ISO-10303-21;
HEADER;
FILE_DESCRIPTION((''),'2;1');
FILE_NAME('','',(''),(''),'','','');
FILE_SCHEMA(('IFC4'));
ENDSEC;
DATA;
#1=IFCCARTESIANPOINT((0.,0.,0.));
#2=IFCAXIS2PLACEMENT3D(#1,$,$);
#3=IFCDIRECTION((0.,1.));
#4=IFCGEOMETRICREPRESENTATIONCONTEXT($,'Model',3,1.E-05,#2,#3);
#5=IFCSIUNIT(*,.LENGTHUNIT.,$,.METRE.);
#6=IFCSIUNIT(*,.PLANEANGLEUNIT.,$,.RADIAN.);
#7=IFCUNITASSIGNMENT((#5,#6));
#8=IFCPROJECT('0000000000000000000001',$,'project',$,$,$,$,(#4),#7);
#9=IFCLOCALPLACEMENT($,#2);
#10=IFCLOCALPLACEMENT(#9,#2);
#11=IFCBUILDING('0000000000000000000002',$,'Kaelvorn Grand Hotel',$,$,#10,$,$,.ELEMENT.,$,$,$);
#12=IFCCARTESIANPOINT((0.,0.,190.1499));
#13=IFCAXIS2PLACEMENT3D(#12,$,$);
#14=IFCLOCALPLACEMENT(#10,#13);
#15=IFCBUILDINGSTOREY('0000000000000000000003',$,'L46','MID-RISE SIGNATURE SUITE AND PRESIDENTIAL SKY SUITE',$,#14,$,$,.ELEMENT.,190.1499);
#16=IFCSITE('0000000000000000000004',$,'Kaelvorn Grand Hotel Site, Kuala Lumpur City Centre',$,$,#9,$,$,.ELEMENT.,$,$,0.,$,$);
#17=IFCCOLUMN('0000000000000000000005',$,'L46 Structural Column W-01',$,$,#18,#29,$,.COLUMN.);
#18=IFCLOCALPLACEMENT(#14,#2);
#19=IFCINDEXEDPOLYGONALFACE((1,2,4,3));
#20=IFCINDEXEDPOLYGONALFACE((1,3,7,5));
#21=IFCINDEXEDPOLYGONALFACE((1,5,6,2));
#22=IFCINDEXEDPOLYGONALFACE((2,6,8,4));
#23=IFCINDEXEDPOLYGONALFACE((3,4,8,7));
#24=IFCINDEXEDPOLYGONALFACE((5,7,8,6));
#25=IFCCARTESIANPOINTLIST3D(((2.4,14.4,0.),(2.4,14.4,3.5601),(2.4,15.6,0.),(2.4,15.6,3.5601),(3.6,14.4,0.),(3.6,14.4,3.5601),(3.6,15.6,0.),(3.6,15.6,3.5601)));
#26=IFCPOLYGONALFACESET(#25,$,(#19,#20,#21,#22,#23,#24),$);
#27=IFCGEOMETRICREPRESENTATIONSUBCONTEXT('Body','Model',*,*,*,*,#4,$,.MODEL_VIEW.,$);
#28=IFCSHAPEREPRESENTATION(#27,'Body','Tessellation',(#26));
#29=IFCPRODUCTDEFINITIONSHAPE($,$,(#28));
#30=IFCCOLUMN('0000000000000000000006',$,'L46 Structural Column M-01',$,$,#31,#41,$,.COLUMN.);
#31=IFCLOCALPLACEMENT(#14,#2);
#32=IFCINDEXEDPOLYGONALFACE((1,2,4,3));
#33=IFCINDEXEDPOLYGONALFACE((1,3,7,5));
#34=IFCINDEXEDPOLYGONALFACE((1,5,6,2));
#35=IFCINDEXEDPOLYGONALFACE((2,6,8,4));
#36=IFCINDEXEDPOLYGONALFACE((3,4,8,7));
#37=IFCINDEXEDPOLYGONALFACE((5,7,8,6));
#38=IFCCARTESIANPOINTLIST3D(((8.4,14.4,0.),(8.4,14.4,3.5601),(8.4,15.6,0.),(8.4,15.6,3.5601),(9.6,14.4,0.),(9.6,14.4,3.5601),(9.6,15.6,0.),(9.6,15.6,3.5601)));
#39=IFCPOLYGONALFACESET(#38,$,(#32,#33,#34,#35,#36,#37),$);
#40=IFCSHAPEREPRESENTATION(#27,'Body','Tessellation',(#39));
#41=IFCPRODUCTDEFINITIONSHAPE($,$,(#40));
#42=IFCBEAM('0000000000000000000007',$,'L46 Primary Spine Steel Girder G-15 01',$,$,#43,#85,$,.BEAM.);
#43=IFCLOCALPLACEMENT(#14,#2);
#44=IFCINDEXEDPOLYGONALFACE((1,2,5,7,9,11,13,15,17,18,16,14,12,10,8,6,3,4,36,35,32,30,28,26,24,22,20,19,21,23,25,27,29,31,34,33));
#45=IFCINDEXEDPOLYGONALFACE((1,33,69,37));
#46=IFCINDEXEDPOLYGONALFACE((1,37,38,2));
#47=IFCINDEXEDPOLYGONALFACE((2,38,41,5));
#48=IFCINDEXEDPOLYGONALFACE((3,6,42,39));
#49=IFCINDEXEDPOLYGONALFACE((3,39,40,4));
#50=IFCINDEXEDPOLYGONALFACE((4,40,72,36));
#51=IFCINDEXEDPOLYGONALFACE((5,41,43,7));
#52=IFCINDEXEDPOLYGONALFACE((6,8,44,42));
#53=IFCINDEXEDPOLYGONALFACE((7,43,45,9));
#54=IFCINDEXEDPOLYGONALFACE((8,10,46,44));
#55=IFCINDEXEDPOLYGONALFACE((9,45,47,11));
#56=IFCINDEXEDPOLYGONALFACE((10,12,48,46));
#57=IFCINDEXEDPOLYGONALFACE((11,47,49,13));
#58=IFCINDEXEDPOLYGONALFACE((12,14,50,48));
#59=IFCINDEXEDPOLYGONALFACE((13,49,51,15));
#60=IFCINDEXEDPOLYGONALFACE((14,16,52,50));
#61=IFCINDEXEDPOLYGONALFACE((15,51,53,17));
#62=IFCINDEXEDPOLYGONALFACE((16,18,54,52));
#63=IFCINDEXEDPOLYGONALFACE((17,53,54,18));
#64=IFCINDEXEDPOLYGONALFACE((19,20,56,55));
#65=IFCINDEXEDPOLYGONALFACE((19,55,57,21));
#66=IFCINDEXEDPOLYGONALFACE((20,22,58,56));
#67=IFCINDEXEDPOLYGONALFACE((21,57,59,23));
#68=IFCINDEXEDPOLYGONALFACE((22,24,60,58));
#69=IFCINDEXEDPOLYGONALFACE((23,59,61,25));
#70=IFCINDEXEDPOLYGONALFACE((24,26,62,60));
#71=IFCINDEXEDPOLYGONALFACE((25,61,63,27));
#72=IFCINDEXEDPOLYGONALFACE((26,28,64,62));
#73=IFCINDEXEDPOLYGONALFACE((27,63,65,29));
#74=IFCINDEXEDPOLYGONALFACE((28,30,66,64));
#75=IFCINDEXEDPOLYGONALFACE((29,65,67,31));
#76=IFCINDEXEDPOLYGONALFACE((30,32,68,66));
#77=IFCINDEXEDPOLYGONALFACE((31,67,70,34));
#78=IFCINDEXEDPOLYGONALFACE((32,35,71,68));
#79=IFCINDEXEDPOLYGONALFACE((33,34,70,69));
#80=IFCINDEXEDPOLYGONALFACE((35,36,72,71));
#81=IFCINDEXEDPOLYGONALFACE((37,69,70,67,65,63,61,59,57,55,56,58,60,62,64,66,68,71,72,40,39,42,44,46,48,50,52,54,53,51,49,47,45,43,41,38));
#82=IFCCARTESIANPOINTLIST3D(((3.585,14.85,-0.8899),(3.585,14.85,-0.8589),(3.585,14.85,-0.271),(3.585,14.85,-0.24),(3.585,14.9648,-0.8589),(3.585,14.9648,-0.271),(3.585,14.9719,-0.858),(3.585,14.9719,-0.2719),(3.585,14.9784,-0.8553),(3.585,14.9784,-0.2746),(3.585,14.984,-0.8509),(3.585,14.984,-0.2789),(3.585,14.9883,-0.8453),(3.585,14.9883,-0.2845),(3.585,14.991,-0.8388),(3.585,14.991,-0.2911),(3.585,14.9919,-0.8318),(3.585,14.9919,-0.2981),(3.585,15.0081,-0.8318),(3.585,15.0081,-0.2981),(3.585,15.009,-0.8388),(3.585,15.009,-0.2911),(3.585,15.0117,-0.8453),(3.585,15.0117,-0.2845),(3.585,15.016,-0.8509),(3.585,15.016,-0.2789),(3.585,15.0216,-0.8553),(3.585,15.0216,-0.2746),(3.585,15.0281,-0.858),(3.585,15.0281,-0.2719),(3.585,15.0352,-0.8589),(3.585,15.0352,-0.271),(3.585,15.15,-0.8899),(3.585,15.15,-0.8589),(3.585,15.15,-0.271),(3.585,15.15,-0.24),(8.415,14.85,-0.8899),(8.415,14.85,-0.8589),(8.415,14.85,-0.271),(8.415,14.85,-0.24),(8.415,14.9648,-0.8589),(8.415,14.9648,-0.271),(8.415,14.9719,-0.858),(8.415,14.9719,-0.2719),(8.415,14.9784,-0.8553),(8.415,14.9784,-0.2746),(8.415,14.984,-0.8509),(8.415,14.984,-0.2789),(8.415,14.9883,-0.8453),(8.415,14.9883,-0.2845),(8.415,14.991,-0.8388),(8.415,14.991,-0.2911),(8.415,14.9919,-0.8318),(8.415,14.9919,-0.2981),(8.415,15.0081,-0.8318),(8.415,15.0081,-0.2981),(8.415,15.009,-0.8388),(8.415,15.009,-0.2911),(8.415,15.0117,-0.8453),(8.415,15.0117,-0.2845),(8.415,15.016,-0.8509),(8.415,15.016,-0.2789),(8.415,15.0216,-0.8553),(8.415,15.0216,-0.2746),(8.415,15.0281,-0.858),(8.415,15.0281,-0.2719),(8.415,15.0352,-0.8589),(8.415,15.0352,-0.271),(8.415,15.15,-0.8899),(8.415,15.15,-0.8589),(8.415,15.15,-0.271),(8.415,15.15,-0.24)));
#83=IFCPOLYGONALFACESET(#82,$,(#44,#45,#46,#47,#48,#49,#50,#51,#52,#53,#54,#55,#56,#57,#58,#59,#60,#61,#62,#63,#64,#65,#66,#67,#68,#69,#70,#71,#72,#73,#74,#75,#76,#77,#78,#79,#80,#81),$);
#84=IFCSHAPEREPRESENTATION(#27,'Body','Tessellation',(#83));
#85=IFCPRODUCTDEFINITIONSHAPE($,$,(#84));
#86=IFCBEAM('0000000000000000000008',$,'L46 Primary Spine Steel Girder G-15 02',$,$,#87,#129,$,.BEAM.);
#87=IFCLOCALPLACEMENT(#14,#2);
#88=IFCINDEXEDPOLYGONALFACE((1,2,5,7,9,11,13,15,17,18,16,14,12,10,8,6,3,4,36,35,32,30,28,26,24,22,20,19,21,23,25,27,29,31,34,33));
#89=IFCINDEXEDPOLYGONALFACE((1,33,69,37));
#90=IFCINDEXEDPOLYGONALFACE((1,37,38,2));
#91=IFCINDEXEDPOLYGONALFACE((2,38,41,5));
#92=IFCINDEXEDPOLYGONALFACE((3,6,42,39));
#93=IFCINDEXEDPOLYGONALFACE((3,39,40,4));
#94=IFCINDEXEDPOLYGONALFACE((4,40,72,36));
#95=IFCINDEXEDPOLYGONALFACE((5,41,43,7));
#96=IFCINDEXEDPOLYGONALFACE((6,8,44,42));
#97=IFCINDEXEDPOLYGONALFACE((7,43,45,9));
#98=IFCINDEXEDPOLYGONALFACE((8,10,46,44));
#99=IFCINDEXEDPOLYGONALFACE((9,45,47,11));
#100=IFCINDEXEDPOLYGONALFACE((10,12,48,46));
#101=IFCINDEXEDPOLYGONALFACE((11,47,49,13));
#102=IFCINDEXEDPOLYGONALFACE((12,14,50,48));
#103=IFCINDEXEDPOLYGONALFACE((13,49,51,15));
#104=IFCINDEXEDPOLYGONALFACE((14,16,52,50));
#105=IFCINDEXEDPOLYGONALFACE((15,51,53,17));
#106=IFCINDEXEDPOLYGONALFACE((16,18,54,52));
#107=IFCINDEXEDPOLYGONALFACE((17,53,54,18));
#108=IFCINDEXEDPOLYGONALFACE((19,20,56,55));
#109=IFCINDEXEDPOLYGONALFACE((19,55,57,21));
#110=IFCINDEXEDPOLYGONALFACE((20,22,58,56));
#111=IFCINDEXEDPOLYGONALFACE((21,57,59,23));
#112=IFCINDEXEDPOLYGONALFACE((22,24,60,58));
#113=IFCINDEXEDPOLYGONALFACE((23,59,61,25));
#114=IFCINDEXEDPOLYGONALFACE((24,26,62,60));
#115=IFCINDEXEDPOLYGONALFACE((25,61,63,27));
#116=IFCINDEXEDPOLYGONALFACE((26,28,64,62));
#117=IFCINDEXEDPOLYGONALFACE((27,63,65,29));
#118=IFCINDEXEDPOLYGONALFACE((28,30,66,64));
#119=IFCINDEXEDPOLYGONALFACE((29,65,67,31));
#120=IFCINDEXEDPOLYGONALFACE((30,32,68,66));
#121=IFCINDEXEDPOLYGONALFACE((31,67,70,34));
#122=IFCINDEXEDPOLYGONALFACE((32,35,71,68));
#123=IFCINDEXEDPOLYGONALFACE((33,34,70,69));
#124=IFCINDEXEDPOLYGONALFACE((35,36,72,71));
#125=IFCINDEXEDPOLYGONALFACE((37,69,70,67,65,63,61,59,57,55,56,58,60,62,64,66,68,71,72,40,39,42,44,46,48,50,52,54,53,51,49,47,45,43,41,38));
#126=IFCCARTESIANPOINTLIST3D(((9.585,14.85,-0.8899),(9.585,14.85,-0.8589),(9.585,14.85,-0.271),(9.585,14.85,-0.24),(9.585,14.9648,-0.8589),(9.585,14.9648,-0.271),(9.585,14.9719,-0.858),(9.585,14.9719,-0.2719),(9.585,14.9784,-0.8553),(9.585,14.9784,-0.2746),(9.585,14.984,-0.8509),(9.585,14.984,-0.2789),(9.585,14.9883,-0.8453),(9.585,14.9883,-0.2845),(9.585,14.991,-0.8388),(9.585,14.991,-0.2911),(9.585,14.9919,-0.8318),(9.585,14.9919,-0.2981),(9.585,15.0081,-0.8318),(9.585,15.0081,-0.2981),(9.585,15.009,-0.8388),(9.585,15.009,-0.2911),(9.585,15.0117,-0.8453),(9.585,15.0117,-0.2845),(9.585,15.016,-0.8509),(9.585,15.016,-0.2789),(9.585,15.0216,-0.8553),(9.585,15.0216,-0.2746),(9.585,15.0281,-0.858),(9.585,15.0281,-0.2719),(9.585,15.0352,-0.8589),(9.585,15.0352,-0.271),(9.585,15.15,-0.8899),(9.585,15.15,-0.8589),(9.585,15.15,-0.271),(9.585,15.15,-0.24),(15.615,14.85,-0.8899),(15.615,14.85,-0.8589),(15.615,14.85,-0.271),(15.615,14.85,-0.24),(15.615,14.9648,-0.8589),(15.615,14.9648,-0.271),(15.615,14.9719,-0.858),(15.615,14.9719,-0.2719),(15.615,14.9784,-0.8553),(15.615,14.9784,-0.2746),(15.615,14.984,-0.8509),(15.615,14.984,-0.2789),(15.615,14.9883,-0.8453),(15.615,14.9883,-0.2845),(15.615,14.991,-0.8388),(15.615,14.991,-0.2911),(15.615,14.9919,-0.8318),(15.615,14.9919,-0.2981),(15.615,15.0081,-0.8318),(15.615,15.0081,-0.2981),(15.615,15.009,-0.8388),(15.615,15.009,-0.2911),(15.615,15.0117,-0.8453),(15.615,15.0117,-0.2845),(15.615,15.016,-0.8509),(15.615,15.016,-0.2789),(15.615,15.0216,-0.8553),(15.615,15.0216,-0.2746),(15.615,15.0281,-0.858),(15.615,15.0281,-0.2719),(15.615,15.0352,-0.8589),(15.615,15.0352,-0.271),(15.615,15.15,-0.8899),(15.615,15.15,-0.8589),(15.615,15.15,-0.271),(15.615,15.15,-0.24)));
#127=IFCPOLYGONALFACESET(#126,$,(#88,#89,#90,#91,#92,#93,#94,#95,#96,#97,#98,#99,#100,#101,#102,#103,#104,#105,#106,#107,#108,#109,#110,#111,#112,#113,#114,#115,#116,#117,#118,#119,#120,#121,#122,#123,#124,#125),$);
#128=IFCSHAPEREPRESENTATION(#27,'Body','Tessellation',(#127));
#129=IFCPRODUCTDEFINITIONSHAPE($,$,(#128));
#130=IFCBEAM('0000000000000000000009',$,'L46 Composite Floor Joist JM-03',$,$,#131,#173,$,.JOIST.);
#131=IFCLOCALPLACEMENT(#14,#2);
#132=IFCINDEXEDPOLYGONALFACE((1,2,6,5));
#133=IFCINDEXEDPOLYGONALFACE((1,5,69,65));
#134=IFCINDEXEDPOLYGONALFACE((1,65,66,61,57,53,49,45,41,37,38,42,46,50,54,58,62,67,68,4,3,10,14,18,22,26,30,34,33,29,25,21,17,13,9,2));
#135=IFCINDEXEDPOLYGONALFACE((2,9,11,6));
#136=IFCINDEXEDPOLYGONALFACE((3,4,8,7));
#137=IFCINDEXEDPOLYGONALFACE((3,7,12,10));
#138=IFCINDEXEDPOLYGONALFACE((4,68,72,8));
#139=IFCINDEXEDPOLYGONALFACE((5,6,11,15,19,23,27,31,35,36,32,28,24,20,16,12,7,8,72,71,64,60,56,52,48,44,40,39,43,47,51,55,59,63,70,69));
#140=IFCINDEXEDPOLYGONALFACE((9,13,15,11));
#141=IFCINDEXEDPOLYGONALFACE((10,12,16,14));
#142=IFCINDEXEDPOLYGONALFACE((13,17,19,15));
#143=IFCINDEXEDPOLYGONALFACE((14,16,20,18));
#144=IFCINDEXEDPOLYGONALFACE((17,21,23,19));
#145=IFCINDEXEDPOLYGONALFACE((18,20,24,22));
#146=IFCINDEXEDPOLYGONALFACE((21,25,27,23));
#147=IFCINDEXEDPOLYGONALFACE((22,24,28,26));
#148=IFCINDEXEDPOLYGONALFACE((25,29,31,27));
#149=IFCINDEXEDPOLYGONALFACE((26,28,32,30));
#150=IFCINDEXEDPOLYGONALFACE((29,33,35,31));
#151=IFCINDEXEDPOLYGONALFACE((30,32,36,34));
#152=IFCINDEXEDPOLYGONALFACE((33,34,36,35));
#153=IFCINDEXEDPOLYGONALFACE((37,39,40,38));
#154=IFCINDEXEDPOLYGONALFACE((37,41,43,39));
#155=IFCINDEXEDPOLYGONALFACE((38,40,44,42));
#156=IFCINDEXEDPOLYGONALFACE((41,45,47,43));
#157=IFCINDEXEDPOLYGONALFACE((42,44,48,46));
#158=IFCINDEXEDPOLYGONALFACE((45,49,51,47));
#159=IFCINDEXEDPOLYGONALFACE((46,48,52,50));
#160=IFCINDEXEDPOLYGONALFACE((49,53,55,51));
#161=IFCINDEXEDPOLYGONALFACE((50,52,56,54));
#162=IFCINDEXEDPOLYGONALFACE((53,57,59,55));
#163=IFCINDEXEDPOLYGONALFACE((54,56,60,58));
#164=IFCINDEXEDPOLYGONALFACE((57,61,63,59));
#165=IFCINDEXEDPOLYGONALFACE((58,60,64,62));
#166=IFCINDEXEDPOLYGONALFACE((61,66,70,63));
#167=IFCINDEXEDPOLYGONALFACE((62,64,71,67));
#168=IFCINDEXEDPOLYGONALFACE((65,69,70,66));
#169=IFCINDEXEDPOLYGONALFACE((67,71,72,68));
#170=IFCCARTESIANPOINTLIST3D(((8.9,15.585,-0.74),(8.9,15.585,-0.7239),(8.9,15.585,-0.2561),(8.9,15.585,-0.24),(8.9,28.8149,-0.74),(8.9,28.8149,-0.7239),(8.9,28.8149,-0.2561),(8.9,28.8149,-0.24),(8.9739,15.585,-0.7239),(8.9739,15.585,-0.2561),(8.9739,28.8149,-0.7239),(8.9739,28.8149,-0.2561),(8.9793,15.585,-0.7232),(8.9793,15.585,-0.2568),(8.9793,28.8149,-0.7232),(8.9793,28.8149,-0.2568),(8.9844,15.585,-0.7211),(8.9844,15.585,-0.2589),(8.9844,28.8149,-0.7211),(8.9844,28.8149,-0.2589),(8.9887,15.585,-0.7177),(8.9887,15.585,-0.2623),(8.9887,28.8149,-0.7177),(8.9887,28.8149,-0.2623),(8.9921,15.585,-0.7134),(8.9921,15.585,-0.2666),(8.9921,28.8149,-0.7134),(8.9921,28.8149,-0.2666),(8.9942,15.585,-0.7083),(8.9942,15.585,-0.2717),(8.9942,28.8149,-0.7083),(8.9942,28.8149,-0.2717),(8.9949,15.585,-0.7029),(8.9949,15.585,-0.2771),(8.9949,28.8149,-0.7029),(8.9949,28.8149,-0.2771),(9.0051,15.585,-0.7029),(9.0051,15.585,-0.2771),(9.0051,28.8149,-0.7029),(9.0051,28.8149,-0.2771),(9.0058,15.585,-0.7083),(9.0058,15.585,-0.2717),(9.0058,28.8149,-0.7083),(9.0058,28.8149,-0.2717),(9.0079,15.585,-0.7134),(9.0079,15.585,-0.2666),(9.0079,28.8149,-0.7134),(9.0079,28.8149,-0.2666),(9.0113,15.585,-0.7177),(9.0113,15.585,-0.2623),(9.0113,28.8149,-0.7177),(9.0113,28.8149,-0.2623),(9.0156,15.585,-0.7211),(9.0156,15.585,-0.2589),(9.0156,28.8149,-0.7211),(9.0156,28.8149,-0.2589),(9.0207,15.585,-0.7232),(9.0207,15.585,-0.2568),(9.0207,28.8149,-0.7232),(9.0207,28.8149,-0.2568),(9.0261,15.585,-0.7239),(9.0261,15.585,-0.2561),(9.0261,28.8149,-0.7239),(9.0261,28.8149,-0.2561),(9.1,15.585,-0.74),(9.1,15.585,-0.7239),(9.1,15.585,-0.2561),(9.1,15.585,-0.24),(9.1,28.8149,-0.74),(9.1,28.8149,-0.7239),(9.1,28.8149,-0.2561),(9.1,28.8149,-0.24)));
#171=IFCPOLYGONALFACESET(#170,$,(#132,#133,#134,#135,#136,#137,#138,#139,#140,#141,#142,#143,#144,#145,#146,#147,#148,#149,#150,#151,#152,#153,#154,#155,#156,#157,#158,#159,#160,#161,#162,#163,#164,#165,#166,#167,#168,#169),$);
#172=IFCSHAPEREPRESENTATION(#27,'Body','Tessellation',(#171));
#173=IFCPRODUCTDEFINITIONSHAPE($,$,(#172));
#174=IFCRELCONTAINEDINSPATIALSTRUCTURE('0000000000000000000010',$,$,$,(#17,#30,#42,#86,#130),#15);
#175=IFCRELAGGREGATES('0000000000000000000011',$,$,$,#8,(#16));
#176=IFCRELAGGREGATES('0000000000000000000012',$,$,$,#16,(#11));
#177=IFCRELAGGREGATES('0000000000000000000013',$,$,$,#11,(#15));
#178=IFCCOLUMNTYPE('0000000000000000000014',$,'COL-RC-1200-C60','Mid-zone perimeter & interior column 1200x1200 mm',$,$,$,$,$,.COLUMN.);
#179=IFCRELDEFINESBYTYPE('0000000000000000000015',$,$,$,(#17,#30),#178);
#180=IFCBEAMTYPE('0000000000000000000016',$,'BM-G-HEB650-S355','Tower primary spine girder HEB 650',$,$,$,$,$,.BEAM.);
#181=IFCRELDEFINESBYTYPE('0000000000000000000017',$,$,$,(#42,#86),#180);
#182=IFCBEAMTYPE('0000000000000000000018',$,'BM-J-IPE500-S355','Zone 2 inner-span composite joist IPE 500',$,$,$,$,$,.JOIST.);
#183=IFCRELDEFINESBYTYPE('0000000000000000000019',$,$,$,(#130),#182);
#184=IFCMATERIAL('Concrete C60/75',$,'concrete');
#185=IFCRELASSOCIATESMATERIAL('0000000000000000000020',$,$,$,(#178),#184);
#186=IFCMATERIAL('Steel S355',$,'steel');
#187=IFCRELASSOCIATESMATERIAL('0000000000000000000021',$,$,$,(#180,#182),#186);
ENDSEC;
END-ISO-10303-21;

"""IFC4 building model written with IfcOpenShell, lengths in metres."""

from ifc_helpers import new_model, si_unit, direction, frame, origin, origin_2d, place, context, subcontext, project, spatial, rectangle, i_section, extrude, material, material_profile, profile_set, type_object, element, save


model = new_model("IFC4")

# Units and contexts
model_context = context("Model", 3, precision=1e-05, world=origin(), true_north=direction((0.0, 1.0)))
body_context = subcontext(model_context, "Body", "Model", "MODEL_VIEW")
ifc_project = project(units=[si_unit("LENGTHUNIT", "METRE"), si_unit("PLANEANGLEUNIT", "RADIAN")], contexts=[model_context])

# Site, building, storey
site_placement = place(None, origin())
site = spatial("IfcSite", under=ifc_project, at=site_placement, Name="Kaelvorn Grand Hotel Site, Kuala Lumpur City Centre", CompositionType="ELEMENT", RefElevation=0.0)
building_placement = place(site_placement, origin())
building = spatial("IfcBuilding", under=site, at=building_placement, Name="Kaelvorn Grand Hotel", CompositionType="ELEMENT")
storey_placement = place(building_placement, frame((0.0, 0.0, 190.1499)))
storey = spatial("IfcBuildingStorey", under=building, at=storey_placement, Name="L46", Description="MID-RISE SIGNATURE SUITE AND PRESIDENTIAL SKY SUITE", CompositionType="ELEMENT", Elevation=190.1499)

# Columns
ifc_material_1 = material(Name="Concrete C60/75", Category="concrete")
ifc_material_profile_1 = material_profile(ifc_material_1, rectangle(XDim=1.2, YDim=1.2, at=origin_2d()), Name="RC COL 1200x1200")
ifc_profile_set_1 = profile_set([ifc_material_profile_1], Name="Concrete C60/75")
column_type = type_object("IfcColumnType", Name="COL-RC-1200-C60", Description="Mid-zone perimeter & interior column 1200x1200 mm", PredefinedType="COLUMN", material=ifc_profile_set_1)
for number, where, z_axis, x_axis, name in (
    (1, (3.0, 15.0, 0.0), (0.0, 0.0, 1.0), (1.0, 0.0, 0.0), "L46 Structural Column W-01"),
    (2, (9.0, 15.0, 0.0), (0.0, 0.0, 1.0), (1.0, 0.0, 0.0), "L46 Structural Column M-01"),
):
    element("IfcColumn", number, at=place(storey_placement, frame(where, z_axis=z_axis, x_axis=x_axis)), inside=storey, type_object=column_type, Name=name, PredefinedType="COLUMN", context=body_context, shape_type="SweptSolid", body=[
        extrude(rectangle(XDim=1.2, YDim=1.2, at=origin_2d()), origin(), (0.0, 0.0, 1.0), 3.5601),
    ])

# Beams
ifc_material_2 = material(Name="Steel S355", Category="steel")
ifc_material_profile_2 = material_profile(ifc_material_2, i_section(OverallWidth=0.3, OverallDepth=0.6499, WebThickness=0.0161, FlangeThickness=0.031, FilletRadius=0.0271, at=origin_2d()), Name="HEB 650")
ifc_profile_set_2 = profile_set([ifc_material_profile_2], Name="Steel S355")
beam_type_1 = type_object("IfcBeamType", Name="BM-G-HEB650-S355", Description="Tower primary spine girder HEB 650", PredefinedType="BEAM", material=ifc_profile_set_2)
beam_1_placement = place(storey_placement, frame((3.585, 15.0, -0.5649), z_axis=(1.0, 0.0, 0.0), x_axis=(0.0, 1.0, 0.0)))
element("IfcBeam", 3, at=beam_1_placement, inside=storey, type_object=beam_type_1, Name="L46 Primary Spine Steel Girder G-15 01", PredefinedType="BEAM", context=body_context, shape_type="SweptSolid", body=[
    extrude(i_section(OverallWidth=0.3, OverallDepth=0.6499, WebThickness=0.0161, FlangeThickness=0.031, FilletRadius=0.0271, at=origin_2d()), origin(), (0.0, 0.0, 1.0), 4.8301),
])
beam_2_placement = place(storey_placement, frame((9.585, 15.0, -0.5649), z_axis=(1.0, 0.0, 0.0), x_axis=(0.0, 1.0, 0.0)))
element("IfcBeam", 4, at=beam_2_placement, inside=storey, type_object=beam_type_1, Name="L46 Primary Spine Steel Girder G-15 02", PredefinedType="BEAM", context=body_context, shape_type="SweptSolid", body=[
    extrude(i_section(OverallWidth=0.3, OverallDepth=0.6499, WebThickness=0.0161, FlangeThickness=0.031, FilletRadius=0.0271, at=origin_2d()), origin(), (0.0, 0.0, 1.0), 6.03),
])
ifc_material_profile_3 = material_profile(ifc_material_2, i_section(OverallWidth=0.2, OverallDepth=0.5, WebThickness=0.0103, FlangeThickness=0.0161, FilletRadius=0.021, at=origin_2d()), Name="IPE 500")
ifc_profile_set_3 = profile_set([ifc_material_profile_3], Name="Steel S355")
beam_type_2 = type_object("IfcBeamType", Name="BM-J-IPE500-S355", Description="Zone 2 inner-span composite joist IPE 500", PredefinedType="JOIST", material=ifc_profile_set_3)
beam_3_placement = place(storey_placement, frame((9.0, 15.585, -0.49), z_axis=(0.0, 1.0, 0.0), x_axis=(-1.0, 0.0, 0.0)))
element("IfcBeam", 5, at=beam_3_placement, inside=storey, type_object=beam_type_2, Name="L46 Composite Floor Joist JM-03", PredefinedType="JOIST", context=body_context, shape_type="SweptSolid", body=[
    extrude(i_section(OverallWidth=0.2, OverallDepth=0.5, WebThickness=0.0103, FlangeThickness=0.0161, FilletRadius=0.021, at=origin_2d()), origin(), (0.0, 0.0, 1.0), 13.23),
])

save(model, "model.ifc")
